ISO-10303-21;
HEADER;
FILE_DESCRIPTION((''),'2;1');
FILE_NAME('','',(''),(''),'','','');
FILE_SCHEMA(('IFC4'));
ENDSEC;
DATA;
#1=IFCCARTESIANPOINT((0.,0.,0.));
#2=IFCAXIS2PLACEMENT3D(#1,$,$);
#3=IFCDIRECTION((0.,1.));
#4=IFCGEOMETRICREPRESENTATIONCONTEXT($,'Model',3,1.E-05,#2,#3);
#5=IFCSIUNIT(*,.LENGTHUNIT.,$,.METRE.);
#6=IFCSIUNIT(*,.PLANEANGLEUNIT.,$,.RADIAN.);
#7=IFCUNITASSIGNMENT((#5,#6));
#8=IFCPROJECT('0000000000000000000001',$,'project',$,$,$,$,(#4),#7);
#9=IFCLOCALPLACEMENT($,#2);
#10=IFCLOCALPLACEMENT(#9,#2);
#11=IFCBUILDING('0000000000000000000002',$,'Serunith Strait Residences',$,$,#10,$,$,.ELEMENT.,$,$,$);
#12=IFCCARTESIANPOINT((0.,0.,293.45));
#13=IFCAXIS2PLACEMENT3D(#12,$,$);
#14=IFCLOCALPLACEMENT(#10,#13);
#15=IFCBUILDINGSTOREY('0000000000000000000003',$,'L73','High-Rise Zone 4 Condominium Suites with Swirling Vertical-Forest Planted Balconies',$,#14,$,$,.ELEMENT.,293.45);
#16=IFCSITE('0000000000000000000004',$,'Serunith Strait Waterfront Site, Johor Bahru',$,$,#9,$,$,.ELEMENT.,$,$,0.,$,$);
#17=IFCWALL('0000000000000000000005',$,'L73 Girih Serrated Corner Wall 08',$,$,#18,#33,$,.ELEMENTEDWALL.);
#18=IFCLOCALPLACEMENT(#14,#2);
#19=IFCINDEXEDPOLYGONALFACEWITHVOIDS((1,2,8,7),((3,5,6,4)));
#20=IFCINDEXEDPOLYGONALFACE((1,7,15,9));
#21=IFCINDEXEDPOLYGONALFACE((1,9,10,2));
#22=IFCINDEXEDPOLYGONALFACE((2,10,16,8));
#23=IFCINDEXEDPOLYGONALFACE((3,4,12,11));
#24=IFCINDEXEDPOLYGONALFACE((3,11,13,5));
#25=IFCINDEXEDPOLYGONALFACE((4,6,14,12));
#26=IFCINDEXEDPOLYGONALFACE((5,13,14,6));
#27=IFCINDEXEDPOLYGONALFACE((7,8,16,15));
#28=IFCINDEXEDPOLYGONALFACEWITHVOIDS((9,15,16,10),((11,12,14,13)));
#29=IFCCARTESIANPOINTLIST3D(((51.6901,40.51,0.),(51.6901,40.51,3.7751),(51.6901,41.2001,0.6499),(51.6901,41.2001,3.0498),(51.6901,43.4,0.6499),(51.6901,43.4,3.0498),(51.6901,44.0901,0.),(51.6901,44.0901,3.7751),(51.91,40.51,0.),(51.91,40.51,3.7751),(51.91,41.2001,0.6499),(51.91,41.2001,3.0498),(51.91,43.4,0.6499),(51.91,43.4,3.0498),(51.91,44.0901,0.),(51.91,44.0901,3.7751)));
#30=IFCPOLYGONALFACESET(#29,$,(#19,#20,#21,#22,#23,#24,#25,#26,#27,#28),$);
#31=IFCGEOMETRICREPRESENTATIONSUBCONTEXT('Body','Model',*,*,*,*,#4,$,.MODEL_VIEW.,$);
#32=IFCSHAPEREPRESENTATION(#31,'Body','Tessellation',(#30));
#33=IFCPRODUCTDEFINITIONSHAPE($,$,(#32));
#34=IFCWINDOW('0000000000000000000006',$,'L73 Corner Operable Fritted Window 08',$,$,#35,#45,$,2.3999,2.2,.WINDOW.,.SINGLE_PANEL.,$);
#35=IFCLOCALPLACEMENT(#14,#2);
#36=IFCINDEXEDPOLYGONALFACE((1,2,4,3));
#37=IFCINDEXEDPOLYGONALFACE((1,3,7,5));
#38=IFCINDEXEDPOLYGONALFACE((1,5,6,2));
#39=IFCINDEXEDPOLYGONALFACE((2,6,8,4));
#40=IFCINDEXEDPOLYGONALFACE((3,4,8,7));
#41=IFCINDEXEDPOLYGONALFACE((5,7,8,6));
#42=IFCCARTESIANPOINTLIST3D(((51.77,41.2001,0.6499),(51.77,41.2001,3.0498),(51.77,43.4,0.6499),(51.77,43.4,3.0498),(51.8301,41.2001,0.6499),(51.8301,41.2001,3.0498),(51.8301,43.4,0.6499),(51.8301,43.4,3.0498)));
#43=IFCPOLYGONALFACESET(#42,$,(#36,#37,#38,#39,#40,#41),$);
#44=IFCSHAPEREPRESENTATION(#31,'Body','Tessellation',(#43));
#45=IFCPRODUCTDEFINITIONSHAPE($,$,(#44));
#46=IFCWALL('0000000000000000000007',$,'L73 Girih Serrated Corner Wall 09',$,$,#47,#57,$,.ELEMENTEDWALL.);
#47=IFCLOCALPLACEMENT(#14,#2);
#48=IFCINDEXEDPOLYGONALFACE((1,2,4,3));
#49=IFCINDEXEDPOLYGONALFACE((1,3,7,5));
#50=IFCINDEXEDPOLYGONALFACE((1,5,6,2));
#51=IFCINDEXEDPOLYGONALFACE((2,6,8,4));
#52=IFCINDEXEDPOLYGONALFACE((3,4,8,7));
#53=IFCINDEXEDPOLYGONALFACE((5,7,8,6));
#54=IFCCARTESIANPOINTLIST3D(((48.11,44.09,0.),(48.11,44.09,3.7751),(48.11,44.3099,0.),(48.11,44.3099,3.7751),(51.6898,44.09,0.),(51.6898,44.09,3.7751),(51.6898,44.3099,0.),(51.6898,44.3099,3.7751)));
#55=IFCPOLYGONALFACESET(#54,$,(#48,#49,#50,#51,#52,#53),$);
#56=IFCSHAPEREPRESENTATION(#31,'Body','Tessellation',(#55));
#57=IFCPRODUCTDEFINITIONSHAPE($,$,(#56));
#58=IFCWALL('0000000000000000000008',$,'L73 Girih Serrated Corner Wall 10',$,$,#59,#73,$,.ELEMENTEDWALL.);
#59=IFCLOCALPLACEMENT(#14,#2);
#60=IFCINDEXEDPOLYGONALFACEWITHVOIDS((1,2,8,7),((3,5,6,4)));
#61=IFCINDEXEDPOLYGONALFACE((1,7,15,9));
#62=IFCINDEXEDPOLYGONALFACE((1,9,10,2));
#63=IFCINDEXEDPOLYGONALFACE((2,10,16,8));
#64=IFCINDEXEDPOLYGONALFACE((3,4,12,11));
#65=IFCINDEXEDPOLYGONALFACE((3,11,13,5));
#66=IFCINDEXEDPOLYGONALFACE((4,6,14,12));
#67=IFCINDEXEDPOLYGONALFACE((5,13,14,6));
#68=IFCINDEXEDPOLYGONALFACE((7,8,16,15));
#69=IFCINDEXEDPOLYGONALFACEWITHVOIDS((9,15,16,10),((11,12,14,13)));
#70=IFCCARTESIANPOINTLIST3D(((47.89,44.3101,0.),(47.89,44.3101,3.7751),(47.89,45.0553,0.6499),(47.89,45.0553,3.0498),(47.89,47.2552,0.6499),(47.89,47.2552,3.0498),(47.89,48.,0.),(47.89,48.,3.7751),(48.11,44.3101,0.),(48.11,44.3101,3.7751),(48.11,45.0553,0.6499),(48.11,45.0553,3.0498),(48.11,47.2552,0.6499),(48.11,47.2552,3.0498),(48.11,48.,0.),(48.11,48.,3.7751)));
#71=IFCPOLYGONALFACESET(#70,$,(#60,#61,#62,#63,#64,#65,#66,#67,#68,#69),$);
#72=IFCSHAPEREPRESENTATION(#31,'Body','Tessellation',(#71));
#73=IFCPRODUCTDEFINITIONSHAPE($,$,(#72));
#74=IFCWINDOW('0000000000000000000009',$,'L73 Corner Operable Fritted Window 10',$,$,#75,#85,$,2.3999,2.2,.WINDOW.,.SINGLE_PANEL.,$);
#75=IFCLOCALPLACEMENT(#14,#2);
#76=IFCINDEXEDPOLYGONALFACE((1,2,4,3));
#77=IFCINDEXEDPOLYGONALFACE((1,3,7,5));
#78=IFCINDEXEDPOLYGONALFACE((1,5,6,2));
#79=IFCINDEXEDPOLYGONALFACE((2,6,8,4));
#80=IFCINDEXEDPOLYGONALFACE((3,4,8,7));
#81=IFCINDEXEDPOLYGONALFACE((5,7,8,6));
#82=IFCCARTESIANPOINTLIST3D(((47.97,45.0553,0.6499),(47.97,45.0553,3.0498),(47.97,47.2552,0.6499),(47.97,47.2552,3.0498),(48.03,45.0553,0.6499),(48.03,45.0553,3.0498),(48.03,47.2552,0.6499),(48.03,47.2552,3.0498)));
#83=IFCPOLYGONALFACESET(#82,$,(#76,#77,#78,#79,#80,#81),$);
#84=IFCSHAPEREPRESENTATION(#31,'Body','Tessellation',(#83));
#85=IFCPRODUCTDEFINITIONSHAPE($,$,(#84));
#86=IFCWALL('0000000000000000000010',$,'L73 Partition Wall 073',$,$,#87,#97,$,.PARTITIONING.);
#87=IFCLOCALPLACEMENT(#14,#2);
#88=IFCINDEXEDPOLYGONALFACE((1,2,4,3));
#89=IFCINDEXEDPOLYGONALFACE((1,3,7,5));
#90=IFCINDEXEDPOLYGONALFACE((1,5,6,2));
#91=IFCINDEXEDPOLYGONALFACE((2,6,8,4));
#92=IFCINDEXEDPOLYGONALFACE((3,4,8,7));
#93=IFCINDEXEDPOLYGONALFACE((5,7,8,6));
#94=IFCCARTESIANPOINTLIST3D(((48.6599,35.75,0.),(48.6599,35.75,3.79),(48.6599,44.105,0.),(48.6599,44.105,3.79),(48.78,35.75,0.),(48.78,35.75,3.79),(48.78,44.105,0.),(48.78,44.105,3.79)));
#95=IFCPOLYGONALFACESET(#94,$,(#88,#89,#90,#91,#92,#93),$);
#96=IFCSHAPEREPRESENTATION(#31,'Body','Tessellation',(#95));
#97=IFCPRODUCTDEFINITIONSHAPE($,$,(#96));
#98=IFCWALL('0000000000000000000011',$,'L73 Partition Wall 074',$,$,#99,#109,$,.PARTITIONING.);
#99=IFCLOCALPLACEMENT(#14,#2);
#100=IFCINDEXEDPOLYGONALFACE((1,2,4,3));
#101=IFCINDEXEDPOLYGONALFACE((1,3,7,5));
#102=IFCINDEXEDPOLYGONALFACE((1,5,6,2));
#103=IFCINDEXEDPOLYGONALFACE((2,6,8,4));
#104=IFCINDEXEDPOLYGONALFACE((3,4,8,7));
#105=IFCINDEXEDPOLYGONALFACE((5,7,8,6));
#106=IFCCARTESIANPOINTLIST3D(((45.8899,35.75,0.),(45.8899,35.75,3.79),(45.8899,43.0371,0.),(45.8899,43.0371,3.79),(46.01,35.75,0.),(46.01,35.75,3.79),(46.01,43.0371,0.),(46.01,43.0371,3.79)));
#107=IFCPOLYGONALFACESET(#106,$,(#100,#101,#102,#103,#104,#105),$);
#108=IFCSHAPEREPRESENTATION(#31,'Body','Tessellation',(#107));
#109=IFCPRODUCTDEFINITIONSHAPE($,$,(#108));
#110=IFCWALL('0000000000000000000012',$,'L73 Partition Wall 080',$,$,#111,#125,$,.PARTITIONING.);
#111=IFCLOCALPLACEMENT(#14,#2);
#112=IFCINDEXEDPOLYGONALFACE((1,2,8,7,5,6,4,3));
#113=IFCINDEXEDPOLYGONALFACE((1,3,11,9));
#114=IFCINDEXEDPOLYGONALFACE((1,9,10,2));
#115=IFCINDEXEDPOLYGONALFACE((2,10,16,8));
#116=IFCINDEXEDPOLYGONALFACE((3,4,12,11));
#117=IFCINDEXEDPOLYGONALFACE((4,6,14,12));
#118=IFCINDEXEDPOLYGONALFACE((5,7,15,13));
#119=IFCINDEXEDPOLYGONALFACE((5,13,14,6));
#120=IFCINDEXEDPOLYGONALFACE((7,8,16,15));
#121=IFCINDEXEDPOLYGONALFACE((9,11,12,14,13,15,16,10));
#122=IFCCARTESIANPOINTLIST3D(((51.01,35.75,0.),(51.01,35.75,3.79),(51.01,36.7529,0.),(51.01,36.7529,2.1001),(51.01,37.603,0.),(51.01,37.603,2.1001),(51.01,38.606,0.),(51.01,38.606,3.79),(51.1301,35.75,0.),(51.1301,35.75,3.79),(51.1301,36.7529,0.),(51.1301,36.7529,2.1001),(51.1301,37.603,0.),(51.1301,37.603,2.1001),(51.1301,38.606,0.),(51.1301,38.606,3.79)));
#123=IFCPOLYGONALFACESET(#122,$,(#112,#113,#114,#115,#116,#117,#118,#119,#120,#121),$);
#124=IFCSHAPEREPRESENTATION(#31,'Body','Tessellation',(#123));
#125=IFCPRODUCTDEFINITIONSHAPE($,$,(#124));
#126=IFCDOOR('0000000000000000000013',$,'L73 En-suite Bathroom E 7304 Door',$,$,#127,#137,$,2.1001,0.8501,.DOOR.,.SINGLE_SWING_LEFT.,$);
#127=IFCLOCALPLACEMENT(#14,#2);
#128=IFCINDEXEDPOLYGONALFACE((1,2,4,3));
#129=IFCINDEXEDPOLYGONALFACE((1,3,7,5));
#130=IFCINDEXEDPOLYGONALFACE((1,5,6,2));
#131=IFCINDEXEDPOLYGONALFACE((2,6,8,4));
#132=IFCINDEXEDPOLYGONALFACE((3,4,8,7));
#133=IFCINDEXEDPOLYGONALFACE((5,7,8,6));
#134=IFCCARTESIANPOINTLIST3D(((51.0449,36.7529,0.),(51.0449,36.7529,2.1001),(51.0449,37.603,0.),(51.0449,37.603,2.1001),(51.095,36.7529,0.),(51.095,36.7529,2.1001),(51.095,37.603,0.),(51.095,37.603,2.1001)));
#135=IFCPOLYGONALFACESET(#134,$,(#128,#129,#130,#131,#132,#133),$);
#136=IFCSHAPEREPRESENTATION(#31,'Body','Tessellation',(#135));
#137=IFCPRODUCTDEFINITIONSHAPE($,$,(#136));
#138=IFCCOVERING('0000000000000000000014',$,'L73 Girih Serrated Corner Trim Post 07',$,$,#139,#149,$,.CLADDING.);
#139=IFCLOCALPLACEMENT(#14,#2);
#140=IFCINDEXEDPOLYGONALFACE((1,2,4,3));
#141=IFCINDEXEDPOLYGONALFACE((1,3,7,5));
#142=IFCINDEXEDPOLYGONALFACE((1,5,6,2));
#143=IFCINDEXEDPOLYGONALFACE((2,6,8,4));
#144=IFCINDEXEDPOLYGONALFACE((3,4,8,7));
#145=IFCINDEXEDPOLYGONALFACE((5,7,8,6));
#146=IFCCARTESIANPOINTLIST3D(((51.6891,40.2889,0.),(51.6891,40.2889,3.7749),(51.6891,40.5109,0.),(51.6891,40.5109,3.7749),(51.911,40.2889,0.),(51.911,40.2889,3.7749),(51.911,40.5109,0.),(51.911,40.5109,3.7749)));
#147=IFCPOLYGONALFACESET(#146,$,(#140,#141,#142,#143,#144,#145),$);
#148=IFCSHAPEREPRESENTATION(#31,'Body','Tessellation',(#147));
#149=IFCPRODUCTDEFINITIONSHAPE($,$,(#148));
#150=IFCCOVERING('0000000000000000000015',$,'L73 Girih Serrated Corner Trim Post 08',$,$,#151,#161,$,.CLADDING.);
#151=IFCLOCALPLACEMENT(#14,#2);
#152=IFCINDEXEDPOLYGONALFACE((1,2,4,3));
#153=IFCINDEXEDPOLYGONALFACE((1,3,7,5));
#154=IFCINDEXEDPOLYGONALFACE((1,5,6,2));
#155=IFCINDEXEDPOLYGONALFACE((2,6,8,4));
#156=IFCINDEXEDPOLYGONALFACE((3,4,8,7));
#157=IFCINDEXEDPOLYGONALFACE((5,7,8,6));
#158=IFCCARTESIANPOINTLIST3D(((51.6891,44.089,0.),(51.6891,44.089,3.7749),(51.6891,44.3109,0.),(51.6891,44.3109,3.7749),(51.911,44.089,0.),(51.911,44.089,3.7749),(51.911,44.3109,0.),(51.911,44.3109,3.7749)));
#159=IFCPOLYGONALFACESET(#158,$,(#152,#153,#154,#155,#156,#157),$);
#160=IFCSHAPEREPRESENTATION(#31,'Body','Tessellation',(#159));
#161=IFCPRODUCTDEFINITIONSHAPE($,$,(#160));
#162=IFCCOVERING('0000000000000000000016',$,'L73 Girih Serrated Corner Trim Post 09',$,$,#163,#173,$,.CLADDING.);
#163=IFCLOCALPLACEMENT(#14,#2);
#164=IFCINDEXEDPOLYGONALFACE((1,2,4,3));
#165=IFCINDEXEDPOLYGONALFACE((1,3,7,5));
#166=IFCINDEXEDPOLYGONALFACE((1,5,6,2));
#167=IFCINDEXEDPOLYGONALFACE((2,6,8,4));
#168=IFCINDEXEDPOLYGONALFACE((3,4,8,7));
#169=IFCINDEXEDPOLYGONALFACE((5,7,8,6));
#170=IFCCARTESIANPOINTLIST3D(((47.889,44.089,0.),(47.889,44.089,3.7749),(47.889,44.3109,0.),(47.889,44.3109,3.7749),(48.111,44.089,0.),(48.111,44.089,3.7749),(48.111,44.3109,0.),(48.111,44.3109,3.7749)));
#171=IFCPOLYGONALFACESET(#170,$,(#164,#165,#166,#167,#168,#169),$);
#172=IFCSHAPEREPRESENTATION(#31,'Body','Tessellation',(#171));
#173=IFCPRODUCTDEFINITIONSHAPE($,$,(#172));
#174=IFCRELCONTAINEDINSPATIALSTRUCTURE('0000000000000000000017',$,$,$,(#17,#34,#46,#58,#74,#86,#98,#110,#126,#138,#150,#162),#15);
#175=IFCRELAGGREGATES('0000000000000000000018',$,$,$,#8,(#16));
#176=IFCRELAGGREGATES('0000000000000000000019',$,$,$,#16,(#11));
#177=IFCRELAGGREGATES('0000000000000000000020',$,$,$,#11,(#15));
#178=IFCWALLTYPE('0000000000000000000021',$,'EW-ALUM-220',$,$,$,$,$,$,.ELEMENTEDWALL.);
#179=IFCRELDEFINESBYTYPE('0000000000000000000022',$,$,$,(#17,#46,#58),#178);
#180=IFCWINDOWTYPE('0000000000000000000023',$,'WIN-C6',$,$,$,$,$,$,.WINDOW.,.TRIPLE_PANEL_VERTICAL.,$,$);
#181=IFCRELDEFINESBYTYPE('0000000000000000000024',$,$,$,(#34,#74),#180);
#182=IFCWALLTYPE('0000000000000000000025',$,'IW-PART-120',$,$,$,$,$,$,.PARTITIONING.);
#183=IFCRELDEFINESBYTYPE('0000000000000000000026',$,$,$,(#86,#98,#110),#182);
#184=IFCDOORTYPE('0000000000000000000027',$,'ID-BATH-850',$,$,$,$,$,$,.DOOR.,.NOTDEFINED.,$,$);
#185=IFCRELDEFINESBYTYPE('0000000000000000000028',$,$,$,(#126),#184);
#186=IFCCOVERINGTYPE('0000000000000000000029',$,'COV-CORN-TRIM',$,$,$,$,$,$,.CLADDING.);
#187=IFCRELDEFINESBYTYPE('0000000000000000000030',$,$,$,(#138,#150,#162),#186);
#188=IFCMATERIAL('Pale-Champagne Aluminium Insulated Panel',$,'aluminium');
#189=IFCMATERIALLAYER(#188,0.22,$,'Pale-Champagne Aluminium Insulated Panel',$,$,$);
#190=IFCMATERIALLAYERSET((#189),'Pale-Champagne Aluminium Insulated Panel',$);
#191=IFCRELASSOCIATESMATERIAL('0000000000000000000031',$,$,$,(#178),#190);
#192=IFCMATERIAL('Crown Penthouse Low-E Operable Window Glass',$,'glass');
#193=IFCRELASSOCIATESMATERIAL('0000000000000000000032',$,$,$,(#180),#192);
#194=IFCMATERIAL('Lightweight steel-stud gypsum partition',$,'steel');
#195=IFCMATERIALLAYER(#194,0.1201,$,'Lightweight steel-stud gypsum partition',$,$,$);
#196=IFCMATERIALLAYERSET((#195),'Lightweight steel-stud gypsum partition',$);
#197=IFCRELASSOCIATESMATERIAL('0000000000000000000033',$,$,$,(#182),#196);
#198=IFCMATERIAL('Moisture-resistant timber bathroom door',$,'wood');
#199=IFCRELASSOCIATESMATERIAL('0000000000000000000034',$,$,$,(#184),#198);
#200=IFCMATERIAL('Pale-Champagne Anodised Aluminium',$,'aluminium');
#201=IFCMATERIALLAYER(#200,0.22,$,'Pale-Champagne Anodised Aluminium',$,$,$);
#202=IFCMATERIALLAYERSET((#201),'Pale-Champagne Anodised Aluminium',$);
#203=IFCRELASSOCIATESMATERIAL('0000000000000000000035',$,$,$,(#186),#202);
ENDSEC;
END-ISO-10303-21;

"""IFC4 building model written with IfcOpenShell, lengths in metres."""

from ifc_helpers import new_model, si_unit, direction, frame, frame_2d, origin, origin_2d, place, context, subcontext, project, spatial, rectangle, extrude, source, transform, mapped, material, layer, layer_set, type_object, element, fill, save


model = new_model("IFC4")

# Units and contexts
model_context = context("Model", 3, precision=1e-05, world=origin(), true_north=direction((0.0, 1.0)))
body_context = subcontext(model_context, "Body", "Model", "MODEL_VIEW")
ifc_project = project(units=[si_unit("LENGTHUNIT", "METRE"), si_unit("PLANEANGLEUNIT", "RADIAN")], contexts=[model_context])

# Site, building, storey
site_placement = place(None, origin())
site = spatial("IfcSite", under=ifc_project, at=site_placement, Name="Serunith Strait Waterfront Site, Johor Bahru", CompositionType="ELEMENT", RefElevation=0.0)
building_placement = place(site_placement, origin())
building = spatial("IfcBuilding", under=site, at=building_placement, Name="Serunith Strait Residences", CompositionType="ELEMENT")
storey_placement = place(building_placement, frame((0.0, 0.0, 293.45)))
storey = spatial("IfcBuildingStorey", under=building, at=storey_placement, Name="L73", Description="High-Rise Zone 4 Condominium Suites with Swirling Vertical-Forest Planted Balconies", CompositionType="ELEMENT", Elevation=293.45)

# Wall, opening, window
ifc_material_1 = material(Name="Pale-Champagne Aluminium Insulated Panel", Category="aluminium")
ifc_layer_1 = layer(ifc_material_1, 0.22, Name="Pale-Champagne Aluminium Insulated Panel")
ifc_layer_set_1 = layer_set([ifc_layer_1], Name="Pale-Champagne Aluminium Insulated Panel")
wall_type_1 = type_object("IfcWallType", Name="EW-ALUM-220", PredefinedType="ELEMENTEDWALL", material=ifc_layer_set_1)
ifc_material_2 = material(Name="Crown Penthouse Low-E Operable Window Glass", Category="glass")
window_type = type_object("IfcWindowType", Name="WIN-C6", PartitioningType="TRIPLE_PANEL_VERTICAL", PredefinedType="WINDOW", material=ifc_material_2)
shared_shape_1 = source(origin(), body_context, "Body", "SweptSolid", [
    extrude(rectangle(XDim=2.2, YDim=2.3999, at=frame_2d((1.1001, 1.2))), frame((0.0, 0.03, 0.0), z_axis=(0.0, -1.0, 0.0), x_axis=(1.0, 0.0, 0.0)), (0.0, 0.0, 1.0), 0.0601),
])
wall_1_placement = place(storey_placement, frame((51.8, 40.51, 0.0), z_axis=(0.0, 0.0, 1.0), x_axis=(0.0, 1.0, 0.0)))
wall_1 = element("IfcWall", 1, at=wall_1_placement, inside=storey, type_object=wall_type_1, Name="L73 Girih Serrated Corner Wall 08", PredefinedType="ELEMENTEDWALL", context=body_context, shape_type="SweptSolid", body=[
    extrude(rectangle(XDim=3.5801, YDim=0.22, at=frame_2d((1.79, 0.0))), origin(), (0.0, 0.0, 1.0), 3.7751),
])
opening_1_placement = place(wall_1_placement, frame((0.6899, 0.0, 0.6499)))
opening_1 = element("IfcOpeningElement", 2, at=opening_1_placement, cuts=wall_1, PredefinedType="OPENING", context=body_context, shape_type="SweptSolid", body=[
    extrude(rectangle(XDim=2.2, YDim=2.3999, at=frame_2d((1.1001, 1.2))), frame((0.0, 0.1201, 0.0), z_axis=(0.0, -1.0, 0.0), x_axis=(1.0, 0.0, 0.0)), (0.0, 0.0, 1.0), 0.24),
])
window_1_placement = place(opening_1_placement, origin())
window_1 = element("IfcWindow", 3, at=window_1_placement, inside=storey, type_object=window_type, Name="L73 Corner Operable Fritted Window 08", OverallHeight=2.3999, OverallWidth=2.2, PartitioningType="SINGLE_PANEL", PredefinedType="WINDOW", context=body_context, shape_type="MappedRepresentation", body=[
    mapped(shared_shape_1, transform((0.0, 0.0, 0.0), scale=1.0)),
])
fill(opening_1, window_1)

# Wall
wall_2_placement = place(storey_placement, frame((51.6899, 44.2, 0.0), z_axis=(0.0, 0.0, 1.0), x_axis=(-1.0, 0.0, 0.0)))
element("IfcWall", 4, at=wall_2_placement, inside=storey, type_object=wall_type_1, Name="L73 Girih Serrated Corner Wall 09", PredefinedType="ELEMENTEDWALL", context=body_context, shape_type="SweptSolid", body=[
    extrude(rectangle(XDim=3.5798, YDim=0.22, at=frame_2d((1.79, 0.0))), origin(), (0.0, 0.0, 1.0), 3.7751),
])

# Wall, opening, window
wall_3_placement = place(storey_placement, frame((48.0, 44.3101, 0.0), z_axis=(0.0, 0.0, 1.0), x_axis=(0.0, 1.0, 0.0)))
wall_3 = element("IfcWall", 5, at=wall_3_placement, inside=storey, type_object=wall_type_1, Name="L73 Girih Serrated Corner Wall 10", PredefinedType="ELEMENTEDWALL", context=body_context, shape_type="SweptSolid", body=[
    extrude(rectangle(XDim=3.6899, YDim=0.22, at=frame_2d((1.845, 0.0))), origin(), (0.0, 0.0, 1.0), 3.7751),
])
opening_2_placement = place(wall_3_placement, frame((0.7451, 0.0, 0.6499)))
opening_2 = element("IfcOpeningElement", 6, at=opening_2_placement, cuts=wall_3, PredefinedType="OPENING", context=body_context, shape_type="SweptSolid", body=[
    extrude(rectangle(XDim=2.2, YDim=2.3999, at=frame_2d((1.1001, 1.2))), frame((0.0, 0.1201, 0.0), z_axis=(0.0, -1.0, 0.0), x_axis=(1.0, 0.0, 0.0)), (0.0, 0.0, 1.0), 0.24),
])
window_2_placement = place(opening_2_placement, origin())
window_2 = element("IfcWindow", 7, at=window_2_placement, inside=storey, type_object=window_type, Name="L73 Corner Operable Fritted Window 10", OverallHeight=2.3999, OverallWidth=2.2, PartitioningType="SINGLE_PANEL", PredefinedType="WINDOW", context=body_context, shape_type="MappedRepresentation", body=[
    mapped(shared_shape_1, transform((0.0, 0.0, 0.0), scale=1.0)),
])
fill(opening_2, window_2)

# Walls
ifc_material_3 = material(Name="Lightweight steel-stud gypsum partition", Category="steel")
ifc_layer_2 = layer(ifc_material_3, 0.1201, Name="Lightweight steel-stud gypsum partition")
ifc_layer_set_2 = layer_set([ifc_layer_2], Name="Lightweight steel-stud gypsum partition")
wall_type_2 = type_object("IfcWallType", Name="IW-PART-120", PredefinedType="PARTITIONING", material=ifc_layer_set_2)
wall_4_placement = place(storey_placement, frame((48.72, 44.105, 0.0), z_axis=(0.0, 0.0, 1.0), x_axis=(0.0, -1.0, 0.0)))
element("IfcWall", 8, at=wall_4_placement, inside=storey, type_object=wall_type_2, Name="L73 Partition Wall 073", PredefinedType="PARTITIONING", context=body_context, shape_type="SweptSolid", body=[
    extrude(rectangle(XDim=8.355, YDim=0.1201, at=frame_2d((4.1775, 0.0))), origin(), (0.0, 0.0, 1.0), 3.79),
])
wall_5_placement = place(storey_placement, frame((45.95, 43.0371, 0.0), z_axis=(0.0, 0.0, 1.0), x_axis=(0.0, -1.0, 0.0)))
element("IfcWall", 9, at=wall_5_placement, inside=storey, type_object=wall_type_2, Name="L73 Partition Wall 074", PredefinedType="PARTITIONING", context=body_context, shape_type="SweptSolid", body=[
    extrude(rectangle(XDim=7.2871, YDim=0.1201, at=frame_2d((3.6436, 0.0))), origin(), (0.0, 0.0, 1.0), 3.79),
])

# Wall, opening, door
wall_6_placement = place(storey_placement, frame((51.0701, 38.606, 0.0), z_axis=(0.0, 0.0, 1.0), x_axis=(0.0, -1.0, 0.0)))
wall_6 = element("IfcWall", 10, at=wall_6_placement, inside=storey, type_object=wall_type_2, Name="L73 Partition Wall 080", PredefinedType="PARTITIONING", context=body_context, shape_type="SweptSolid", body=[
    extrude(rectangle(XDim=2.856, YDim=0.1201, at=frame_2d((1.428, 0.0))), origin(), (0.0, 0.0, 1.0), 3.79),
])
opening_3_placement = place(wall_6_placement, frame((1.0029, 0.0, 0.0)))
opening_3 = element("IfcOpeningElement", 11, at=opening_3_placement, cuts=wall_6, PredefinedType="OPENING", context=body_context, shape_type="SweptSolid", body=[
    extrude(rectangle(XDim=0.8501, YDim=2.1001, at=frame_2d((0.425, 1.05))), frame((0.0, 0.0701, 0.0), z_axis=(0.0, -1.0, 0.0), x_axis=(1.0, 0.0, 0.0)), (0.0, 0.0, 1.0), 0.1401),
])
ifc_material_4 = material(Name="Moisture-resistant timber bathroom door", Category="wood")
door_type = type_object("IfcDoorType", Name="ID-BATH-850", OperationType="NOTDEFINED", PredefinedType="DOOR", material=ifc_material_4)
shared_shape_2 = source(origin(), body_context, "Body", "SweptSolid", [
    extrude(rectangle(XDim=0.8501, YDim=2.1001, at=frame_2d((0.425, 1.05))), frame((0.0, 0.0249, 0.0), z_axis=(0.0, -1.0, 0.0), x_axis=(1.0, 0.0, 0.0)), (0.0, 0.0, 1.0), 0.05),
])
door_placement = place(opening_3_placement, origin())
door = element("IfcDoor", 12, at=door_placement, inside=storey, type_object=door_type, Name="L73 En-suite Bathroom E 7304 Door", OperationType="SINGLE_SWING_LEFT", OverallHeight=2.1001, OverallWidth=0.8501, PredefinedType="DOOR", context=body_context, shape_type="MappedRepresentation", body=[
    mapped(shared_shape_2, transform((0.0, 0.0, 0.0), scale=1.0)),
])
fill(opening_3, door)

# Coverings
ifc_material_5 = material(Name="Pale-Champagne Anodised Aluminium", Category="aluminium")
ifc_layer_3 = layer(ifc_material_5, 0.22, Name="Pale-Champagne Anodised Aluminium")
ifc_layer_set_3 = layer_set([ifc_layer_3], Name="Pale-Champagne Anodised Aluminium")
covering_type = type_object("IfcCoveringType", Name="COV-CORN-TRIM", PredefinedType="CLADDING", material=ifc_layer_set_3)
shared_shape_3 = source(origin(), body_context, "Body", "SweptSolid", [
    extrude(rectangle(XDim=0.2219, YDim=0.2219, at=origin_2d()), origin(), (0.0, 0.0, 1.0), 3.7749),
])
for number, where, z_axis, x_axis, name in (
    (13, (51.8, 40.3999, 0.0), (0.0, 0.0, 1.0), (1.0, 0.0, 0.0), "L73 Girih Serrated Corner Trim Post 07"),
    (14, (51.8, 44.2, 0.0), (0.0, 0.0, 1.0), (1.0, 0.0, 0.0), "L73 Girih Serrated Corner Trim Post 08"),
    (15, (48.0, 44.2, 0.0), (0.0, 0.0, 1.0), (1.0, 0.0, 0.0), "L73 Girih Serrated Corner Trim Post 09"),
):
    element("IfcCovering", number, at=place(storey_placement, frame(where, z_axis=z_axis, x_axis=x_axis)), inside=storey, type_object=covering_type, Name=name, PredefinedType="CLADDING", context=body_context, shape_type="MappedRepresentation", body=[
        mapped(shared_shape_3, transform((0.0, 0.0, 0.0), scale=1.0)),
    ])

save(model, "model.ifc")
